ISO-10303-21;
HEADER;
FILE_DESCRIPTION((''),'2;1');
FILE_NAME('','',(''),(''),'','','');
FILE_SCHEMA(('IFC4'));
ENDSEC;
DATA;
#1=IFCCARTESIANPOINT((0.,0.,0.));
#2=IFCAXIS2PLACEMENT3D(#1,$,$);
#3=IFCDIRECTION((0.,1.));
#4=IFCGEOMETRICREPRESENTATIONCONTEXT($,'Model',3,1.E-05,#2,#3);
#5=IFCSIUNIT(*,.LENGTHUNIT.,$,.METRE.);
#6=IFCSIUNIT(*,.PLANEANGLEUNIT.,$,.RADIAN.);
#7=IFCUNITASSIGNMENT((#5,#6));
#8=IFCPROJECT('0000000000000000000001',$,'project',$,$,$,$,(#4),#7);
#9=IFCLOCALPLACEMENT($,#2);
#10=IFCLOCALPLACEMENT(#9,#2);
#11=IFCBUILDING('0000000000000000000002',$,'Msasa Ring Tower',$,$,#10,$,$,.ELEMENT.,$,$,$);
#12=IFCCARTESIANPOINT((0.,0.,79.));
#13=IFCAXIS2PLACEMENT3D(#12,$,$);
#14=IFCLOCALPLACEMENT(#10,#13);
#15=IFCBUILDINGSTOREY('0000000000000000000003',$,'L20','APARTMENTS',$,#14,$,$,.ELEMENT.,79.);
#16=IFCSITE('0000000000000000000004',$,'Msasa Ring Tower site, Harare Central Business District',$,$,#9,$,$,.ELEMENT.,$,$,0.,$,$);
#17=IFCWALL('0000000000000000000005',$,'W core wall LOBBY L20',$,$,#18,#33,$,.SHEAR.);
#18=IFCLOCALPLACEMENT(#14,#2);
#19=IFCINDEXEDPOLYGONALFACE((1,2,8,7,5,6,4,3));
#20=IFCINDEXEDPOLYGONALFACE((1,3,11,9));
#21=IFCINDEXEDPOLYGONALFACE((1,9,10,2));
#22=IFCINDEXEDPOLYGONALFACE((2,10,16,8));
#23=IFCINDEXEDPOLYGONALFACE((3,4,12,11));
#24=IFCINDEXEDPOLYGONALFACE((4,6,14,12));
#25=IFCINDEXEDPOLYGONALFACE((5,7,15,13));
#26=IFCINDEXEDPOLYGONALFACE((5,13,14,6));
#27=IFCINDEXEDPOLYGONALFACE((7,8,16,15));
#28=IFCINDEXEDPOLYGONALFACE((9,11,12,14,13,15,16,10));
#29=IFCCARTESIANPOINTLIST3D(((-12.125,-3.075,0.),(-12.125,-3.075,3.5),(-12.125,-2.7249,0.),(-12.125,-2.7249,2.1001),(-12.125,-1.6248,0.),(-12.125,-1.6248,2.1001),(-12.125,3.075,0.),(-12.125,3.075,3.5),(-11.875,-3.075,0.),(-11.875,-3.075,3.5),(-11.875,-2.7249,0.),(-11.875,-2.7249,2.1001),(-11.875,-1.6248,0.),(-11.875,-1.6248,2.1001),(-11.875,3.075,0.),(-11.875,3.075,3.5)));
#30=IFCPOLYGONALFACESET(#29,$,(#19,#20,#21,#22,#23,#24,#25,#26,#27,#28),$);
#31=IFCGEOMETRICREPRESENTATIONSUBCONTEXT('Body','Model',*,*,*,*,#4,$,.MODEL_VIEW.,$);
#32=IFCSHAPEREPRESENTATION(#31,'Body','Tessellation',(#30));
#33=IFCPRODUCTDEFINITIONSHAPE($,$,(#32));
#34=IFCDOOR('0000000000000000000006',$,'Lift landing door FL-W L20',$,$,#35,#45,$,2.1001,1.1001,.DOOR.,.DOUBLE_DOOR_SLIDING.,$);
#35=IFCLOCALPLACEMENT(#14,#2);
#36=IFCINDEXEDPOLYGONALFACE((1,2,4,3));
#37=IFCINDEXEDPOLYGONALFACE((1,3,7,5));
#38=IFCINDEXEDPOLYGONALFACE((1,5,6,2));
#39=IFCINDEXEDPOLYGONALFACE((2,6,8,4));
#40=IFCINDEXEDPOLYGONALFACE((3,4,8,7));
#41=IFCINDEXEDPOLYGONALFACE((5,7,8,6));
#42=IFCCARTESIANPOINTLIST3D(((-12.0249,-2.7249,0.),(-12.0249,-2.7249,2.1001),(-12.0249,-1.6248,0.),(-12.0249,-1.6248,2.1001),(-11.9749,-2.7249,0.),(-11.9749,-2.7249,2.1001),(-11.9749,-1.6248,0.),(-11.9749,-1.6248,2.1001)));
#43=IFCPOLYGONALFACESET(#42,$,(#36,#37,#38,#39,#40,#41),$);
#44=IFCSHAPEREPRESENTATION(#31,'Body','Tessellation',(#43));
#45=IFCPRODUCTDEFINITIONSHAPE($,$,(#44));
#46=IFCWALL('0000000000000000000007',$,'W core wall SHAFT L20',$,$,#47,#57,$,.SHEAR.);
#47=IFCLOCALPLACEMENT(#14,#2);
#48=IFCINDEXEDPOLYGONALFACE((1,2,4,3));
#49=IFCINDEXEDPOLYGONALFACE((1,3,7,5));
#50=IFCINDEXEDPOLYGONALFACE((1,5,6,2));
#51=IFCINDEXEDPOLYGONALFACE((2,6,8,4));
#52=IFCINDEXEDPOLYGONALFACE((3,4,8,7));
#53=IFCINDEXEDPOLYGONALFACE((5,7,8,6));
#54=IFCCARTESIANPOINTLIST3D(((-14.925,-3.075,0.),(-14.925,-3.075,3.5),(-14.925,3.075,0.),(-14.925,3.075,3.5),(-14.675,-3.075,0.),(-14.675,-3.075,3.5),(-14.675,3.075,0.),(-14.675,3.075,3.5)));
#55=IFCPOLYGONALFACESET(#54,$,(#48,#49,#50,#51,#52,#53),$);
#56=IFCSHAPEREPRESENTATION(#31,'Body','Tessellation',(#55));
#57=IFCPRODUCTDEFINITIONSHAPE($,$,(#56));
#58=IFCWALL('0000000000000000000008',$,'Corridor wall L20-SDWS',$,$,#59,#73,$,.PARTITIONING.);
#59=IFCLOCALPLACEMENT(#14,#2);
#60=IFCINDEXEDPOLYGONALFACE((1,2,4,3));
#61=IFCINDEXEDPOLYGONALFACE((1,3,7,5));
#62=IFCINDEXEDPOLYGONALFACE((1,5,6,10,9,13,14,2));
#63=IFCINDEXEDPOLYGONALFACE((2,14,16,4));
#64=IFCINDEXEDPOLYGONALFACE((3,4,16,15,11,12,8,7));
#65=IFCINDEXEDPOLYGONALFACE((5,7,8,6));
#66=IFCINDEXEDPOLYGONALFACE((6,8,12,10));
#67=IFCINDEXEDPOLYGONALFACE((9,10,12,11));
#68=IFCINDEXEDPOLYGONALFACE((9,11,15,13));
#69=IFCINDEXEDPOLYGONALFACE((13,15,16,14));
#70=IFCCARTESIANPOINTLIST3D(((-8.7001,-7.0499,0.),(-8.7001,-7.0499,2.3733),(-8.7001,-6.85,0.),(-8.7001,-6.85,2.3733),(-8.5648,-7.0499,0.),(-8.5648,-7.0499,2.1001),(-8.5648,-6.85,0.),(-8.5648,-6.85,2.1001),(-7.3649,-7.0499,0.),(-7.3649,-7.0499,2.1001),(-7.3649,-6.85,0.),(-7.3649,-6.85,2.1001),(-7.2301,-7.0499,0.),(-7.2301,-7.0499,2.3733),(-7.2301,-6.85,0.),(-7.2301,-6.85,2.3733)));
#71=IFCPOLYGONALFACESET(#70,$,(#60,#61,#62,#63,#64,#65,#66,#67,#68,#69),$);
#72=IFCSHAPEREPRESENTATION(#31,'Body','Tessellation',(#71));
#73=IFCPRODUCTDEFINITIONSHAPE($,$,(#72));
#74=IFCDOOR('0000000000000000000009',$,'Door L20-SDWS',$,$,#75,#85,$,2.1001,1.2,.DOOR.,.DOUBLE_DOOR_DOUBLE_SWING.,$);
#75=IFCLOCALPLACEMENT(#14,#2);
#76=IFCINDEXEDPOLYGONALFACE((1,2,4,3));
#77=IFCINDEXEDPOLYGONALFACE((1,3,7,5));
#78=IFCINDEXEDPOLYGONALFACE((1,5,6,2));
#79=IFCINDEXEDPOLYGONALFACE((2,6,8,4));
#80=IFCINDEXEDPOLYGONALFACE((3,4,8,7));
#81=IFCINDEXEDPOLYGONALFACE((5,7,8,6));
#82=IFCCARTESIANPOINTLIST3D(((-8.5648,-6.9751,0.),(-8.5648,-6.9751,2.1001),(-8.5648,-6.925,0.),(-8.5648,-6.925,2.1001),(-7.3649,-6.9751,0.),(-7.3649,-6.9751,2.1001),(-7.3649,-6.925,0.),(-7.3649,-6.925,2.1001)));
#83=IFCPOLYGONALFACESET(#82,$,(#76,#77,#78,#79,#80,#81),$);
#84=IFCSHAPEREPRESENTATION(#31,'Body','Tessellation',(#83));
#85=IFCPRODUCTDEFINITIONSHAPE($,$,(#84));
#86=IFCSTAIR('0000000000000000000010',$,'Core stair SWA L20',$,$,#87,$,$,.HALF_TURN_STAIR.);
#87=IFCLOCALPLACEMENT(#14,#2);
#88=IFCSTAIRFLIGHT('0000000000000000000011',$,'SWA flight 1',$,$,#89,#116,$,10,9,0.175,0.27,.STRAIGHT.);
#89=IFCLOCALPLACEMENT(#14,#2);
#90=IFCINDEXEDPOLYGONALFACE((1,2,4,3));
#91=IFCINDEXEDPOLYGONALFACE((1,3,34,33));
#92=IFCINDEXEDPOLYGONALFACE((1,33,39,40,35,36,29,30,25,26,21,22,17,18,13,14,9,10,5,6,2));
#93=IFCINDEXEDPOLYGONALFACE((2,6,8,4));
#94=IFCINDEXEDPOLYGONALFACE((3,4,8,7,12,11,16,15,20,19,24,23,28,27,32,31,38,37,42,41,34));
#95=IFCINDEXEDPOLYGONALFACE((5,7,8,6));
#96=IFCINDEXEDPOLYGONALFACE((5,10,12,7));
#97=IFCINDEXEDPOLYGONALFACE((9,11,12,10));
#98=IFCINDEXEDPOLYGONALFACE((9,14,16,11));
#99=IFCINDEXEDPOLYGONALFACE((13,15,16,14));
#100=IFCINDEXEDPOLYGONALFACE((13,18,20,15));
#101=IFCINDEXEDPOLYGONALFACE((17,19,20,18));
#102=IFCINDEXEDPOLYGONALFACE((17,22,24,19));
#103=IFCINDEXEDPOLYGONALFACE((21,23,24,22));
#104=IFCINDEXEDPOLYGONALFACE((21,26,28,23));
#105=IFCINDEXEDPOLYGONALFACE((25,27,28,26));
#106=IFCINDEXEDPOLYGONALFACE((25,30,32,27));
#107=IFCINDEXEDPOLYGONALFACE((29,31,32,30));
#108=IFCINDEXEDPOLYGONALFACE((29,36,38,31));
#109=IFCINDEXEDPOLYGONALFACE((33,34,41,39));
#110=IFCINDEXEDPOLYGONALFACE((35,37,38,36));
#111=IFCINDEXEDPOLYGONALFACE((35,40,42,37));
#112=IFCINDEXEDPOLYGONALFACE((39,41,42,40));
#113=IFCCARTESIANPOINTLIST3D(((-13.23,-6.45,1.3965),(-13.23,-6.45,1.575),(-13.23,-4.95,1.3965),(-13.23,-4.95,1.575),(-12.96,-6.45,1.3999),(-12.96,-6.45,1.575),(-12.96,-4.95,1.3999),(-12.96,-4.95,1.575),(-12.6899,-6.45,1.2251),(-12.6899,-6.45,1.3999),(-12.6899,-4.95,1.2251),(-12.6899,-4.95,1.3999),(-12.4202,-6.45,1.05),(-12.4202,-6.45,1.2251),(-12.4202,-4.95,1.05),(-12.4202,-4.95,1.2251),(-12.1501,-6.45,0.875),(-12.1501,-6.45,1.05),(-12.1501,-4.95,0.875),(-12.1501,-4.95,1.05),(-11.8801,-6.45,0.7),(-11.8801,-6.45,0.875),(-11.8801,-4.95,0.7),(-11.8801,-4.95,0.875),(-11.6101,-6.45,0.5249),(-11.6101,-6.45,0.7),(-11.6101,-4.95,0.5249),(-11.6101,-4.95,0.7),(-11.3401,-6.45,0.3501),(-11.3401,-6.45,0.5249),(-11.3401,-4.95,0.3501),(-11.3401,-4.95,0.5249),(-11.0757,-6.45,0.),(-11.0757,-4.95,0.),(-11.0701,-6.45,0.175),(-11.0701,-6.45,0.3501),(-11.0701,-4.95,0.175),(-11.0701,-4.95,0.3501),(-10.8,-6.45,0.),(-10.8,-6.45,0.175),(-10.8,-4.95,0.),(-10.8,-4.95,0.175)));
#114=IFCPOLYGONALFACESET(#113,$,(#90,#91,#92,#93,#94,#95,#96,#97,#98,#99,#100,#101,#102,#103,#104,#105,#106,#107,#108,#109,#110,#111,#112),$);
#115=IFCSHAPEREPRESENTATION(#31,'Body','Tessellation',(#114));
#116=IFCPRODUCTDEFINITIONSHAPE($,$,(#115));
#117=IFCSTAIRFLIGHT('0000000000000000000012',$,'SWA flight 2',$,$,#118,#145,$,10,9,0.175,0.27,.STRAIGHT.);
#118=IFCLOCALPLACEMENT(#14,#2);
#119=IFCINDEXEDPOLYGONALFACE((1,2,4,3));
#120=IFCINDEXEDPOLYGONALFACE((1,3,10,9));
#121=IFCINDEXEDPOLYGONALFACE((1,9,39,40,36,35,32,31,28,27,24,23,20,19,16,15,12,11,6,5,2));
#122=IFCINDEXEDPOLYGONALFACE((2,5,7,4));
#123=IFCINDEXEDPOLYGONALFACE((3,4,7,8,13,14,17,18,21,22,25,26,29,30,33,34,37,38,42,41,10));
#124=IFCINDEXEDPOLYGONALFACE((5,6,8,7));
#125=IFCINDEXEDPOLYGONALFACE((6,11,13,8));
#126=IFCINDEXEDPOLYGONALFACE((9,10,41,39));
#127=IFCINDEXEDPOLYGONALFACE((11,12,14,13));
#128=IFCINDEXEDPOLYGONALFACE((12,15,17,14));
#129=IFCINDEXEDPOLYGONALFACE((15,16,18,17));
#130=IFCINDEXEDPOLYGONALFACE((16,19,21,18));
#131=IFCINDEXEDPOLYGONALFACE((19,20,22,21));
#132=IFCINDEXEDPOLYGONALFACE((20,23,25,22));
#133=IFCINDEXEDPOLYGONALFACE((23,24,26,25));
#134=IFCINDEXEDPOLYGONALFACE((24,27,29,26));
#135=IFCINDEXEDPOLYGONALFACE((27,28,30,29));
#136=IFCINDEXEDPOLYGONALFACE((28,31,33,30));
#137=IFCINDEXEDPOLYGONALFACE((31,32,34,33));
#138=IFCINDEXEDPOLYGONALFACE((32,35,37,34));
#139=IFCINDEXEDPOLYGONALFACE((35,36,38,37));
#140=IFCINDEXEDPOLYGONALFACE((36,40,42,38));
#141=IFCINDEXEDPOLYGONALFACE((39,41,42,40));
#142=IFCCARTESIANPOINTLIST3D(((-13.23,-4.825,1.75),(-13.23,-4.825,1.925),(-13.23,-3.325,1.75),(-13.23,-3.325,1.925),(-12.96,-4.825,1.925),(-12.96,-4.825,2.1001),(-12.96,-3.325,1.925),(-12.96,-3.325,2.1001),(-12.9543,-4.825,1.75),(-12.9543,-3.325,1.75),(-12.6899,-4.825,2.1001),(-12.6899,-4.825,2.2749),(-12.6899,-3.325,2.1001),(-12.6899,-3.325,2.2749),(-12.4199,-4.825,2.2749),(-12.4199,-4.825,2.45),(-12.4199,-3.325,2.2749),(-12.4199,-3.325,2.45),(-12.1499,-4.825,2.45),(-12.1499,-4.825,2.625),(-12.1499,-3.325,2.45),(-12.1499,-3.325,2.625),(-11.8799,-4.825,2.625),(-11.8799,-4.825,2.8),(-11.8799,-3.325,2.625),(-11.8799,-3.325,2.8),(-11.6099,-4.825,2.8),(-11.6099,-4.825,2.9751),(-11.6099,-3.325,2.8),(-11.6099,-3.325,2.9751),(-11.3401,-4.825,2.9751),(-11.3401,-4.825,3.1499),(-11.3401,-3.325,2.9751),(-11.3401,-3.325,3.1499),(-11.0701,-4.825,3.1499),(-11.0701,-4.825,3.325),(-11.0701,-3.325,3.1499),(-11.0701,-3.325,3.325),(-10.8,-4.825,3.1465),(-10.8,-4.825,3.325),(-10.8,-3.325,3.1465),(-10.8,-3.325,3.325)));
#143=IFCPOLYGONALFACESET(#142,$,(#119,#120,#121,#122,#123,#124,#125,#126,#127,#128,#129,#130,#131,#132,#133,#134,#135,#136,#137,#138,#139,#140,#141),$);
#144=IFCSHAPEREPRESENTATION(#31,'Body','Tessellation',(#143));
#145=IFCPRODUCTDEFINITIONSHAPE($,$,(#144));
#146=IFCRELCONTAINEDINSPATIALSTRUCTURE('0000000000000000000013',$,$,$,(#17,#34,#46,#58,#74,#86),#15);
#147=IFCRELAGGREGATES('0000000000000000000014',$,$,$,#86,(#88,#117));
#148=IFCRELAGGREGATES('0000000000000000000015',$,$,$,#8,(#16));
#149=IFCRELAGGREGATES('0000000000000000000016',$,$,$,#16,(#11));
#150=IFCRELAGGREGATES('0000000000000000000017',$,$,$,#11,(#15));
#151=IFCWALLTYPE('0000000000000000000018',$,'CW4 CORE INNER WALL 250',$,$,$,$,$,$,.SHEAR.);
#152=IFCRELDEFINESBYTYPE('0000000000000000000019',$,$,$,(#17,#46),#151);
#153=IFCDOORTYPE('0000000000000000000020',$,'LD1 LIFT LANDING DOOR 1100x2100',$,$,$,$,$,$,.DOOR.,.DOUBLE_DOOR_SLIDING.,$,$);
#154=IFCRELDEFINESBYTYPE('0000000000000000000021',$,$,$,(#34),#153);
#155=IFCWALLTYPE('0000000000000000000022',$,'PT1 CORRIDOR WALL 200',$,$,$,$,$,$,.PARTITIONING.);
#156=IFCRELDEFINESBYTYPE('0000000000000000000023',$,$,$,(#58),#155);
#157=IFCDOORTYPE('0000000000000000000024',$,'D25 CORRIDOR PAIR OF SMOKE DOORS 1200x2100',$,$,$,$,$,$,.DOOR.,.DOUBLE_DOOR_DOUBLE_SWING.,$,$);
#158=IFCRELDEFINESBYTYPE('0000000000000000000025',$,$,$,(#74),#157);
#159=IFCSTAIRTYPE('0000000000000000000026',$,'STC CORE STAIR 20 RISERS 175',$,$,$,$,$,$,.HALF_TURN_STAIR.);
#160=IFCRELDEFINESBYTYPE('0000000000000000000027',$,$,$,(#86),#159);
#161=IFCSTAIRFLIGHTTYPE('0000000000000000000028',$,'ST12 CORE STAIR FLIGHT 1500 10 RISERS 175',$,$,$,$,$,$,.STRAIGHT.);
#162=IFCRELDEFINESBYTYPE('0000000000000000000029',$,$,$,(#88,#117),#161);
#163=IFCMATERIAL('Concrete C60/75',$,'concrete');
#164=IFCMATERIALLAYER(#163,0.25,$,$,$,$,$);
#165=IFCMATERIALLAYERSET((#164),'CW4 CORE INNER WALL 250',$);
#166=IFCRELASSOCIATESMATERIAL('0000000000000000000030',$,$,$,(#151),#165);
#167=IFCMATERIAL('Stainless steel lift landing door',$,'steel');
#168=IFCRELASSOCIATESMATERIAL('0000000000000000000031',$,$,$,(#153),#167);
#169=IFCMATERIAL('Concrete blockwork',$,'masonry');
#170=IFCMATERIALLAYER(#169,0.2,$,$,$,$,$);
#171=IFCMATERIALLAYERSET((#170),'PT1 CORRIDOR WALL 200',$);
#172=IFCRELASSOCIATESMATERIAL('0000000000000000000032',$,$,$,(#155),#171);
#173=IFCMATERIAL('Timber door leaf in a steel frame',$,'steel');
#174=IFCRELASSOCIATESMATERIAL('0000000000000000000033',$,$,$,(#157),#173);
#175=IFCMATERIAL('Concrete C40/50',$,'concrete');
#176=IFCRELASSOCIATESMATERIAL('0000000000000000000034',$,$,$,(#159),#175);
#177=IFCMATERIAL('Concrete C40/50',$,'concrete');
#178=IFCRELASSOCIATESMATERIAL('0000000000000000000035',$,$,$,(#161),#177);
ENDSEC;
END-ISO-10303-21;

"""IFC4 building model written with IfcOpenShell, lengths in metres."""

from ifc_helpers import new_model, si_unit, direction, frame, frame_2d, origin, place, context, subcontext, project, spatial, polyline, rectangle, outline, extrude, material, layer, layer_set, type_object, element, fill, aggregate, save


model = new_model("IFC4")

# Units and contexts
model_context = context("Model", 3, precision=1e-05, world=origin(), true_north=direction((0.0, 1.0)))
body_context = subcontext(model_context, "Body", "Model", "MODEL_VIEW")
ifc_project = project(units=[si_unit("LENGTHUNIT", "METRE"), si_unit("PLANEANGLEUNIT", "RADIAN")], contexts=[model_context])

# Site, building, storey
site_placement = place(None, origin())
site = spatial("IfcSite", under=ifc_project, at=site_placement, Name="Msasa Ring Tower site, Harare Central Business District", CompositionType="ELEMENT", RefElevation=0.0)
building_placement = place(site_placement, origin())
building = spatial("IfcBuilding", under=site, at=building_placement, Name="Msasa Ring Tower", CompositionType="ELEMENT")
storey_placement = place(building_placement, frame((0.0, 0.0, 79.0)))
storey = spatial("IfcBuildingStorey", under=building, at=storey_placement, Name="L20", Description="APARTMENTS", CompositionType="ELEMENT", Elevation=79.0)

# Wall, opening, door
ifc_material_1 = material(Name="Concrete C60/75", Category="concrete")
ifc_layer_1 = layer(ifc_material_1, 0.25)
ifc_layer_set_1 = layer_set([ifc_layer_1], Name="CW4 CORE INNER WALL 250")
wall_type_1 = type_object("IfcWallType", Name="CW4 CORE INNER WALL 250", PredefinedType="SHEAR", material=ifc_layer_set_1)
wall_1_placement = place(storey_placement, frame((-12.0, -3.075, 0.0), z_axis=(0.0, 0.0, 1.0), x_axis=(0.0, 1.0, 0.0)))
wall_1 = element("IfcWall", 1, at=wall_1_placement, inside=storey, type_object=wall_type_1, Name="W core wall LOBBY L20", PredefinedType="SHEAR", context=body_context, shape_type="SweptSolid", body=[
    extrude(rectangle(XDim=6.1499, YDim=0.25, at=frame_2d((3.075, 0.0))), origin(), (0.0, 0.0, 1.0), 3.5),
])
opening_1_placement = place(wall_1_placement, frame((0.3501, 0.0, 0.0)))
opening_1 = element("IfcOpeningElement", 2, at=opening_1_placement, cuts=wall_1, PredefinedType="OPENING", context=body_context, shape_type="SweptSolid", body=[
    extrude(rectangle(XDim=1.1001, YDim=2.1001, at=frame_2d((0.55, 1.05))), frame((0.0, 0.135, 0.0), z_axis=(0.0, -1.0, 0.0), x_axis=(1.0, 0.0, 0.0)), (0.0, 0.0, 1.0), 0.27),
])
ifc_material_2 = material(Name="Stainless steel lift landing door", Category="steel")
door_type_1 = type_object("IfcDoorType", Name="LD1 LIFT LANDING DOOR 1100x2100", OperationType="DOUBLE_DOOR_SLIDING", PredefinedType="DOOR", material=ifc_material_2)
door_1_placement = place(opening_1_placement, origin())
door_1 = element("IfcDoor", 3, at=door_1_placement, inside=storey, type_object=door_type_1, Name="Lift landing door FL-W L20", OperationType="DOUBLE_DOOR_SLIDING", OverallHeight=2.1001, OverallWidth=1.1001, PredefinedType="DOOR", context=body_context, shape_type="SweptSolid", body=[
    extrude(rectangle(XDim=1.1001, YDim=2.1001, at=frame_2d((0.55, 1.05))), frame((0.0, 0.0249, 0.0), z_axis=(0.0, -1.0, 0.0), x_axis=(1.0, 0.0, 0.0)), (0.0, 0.0, 1.0), 0.05),
])
fill(opening_1, door_1)

# Wall
wall_2_placement = place(storey_placement, frame((-14.8, -3.075, 0.0), z_axis=(0.0, 0.0, 1.0), x_axis=(0.0, 1.0, 0.0)))
element("IfcWall", 4, at=wall_2_placement, inside=storey, type_object=wall_type_1, Name="W core wall SHAFT L20", PredefinedType="SHEAR", context=body_context, shape_type="SweptSolid", body=[
    extrude(rectangle(XDim=6.1499, YDim=0.25, at=frame_2d((3.075, 0.0))), origin(), (0.0, 0.0, 1.0), 3.5),
])

# Wall, opening, door
ifc_material_3 = material(Name="Concrete blockwork", Category="masonry")
ifc_layer_2 = layer(ifc_material_3, 0.2)
ifc_layer_set_2 = layer_set([ifc_layer_2], Name="PT1 CORRIDOR WALL 200")
wall_type_2 = type_object("IfcWallType", Name="PT1 CORRIDOR WALL 200", PredefinedType="PARTITIONING", material=ifc_layer_set_2)
wall_3_placement = place(storey_placement, frame((-8.7, -6.95, 0.0), z_axis=(0.0, 0.0, 1.0), x_axis=(1.0, 0.0, 0.0)))
wall_3 = element("IfcWall", 5, at=wall_3_placement, inside=storey, type_object=wall_type_2, Name="Corridor wall L20-SDWS", PredefinedType="PARTITIONING", context=body_context, shape_type="SweptSolid", body=[
    extrude(rectangle(XDim=1.47, YDim=0.2, at=frame_2d((0.7349, 0.0))), origin(), (0.0, 0.0, 1.0), 2.3733),
])
opening_2_placement = place(wall_3_placement, frame((0.135, 0.0, 0.0)))
opening_2 = element("IfcOpeningElement", 6, at=opening_2_placement, cuts=wall_3, PredefinedType="OPENING", context=body_context, shape_type="SweptSolid", body=[
    extrude(rectangle(XDim=1.2, YDim=2.1001, at=frame_2d((0.6001, 1.05))), frame((0.0, 0.1099, 0.0), z_axis=(0.0, -1.0, 0.0), x_axis=(1.0, 0.0, 0.0)), (0.0, 0.0, 1.0), 0.22),
])
ifc_material_4 = material(Name="Timber door leaf in a steel frame", Category="steel")
door_type_2 = type_object("IfcDoorType", Name="D25 CORRIDOR PAIR OF SMOKE DOORS 1200x2100", OperationType="DOUBLE_DOOR_DOUBLE_SWING", PredefinedType="DOOR", material=ifc_material_4)
door_2_placement = place(opening_2_placement, origin())
door_2 = element("IfcDoor", 7, at=door_2_placement, inside=storey, type_object=door_type_2, Name="Door L20-SDWS", OperationType="DOUBLE_DOOR_DOUBLE_SWING", OverallHeight=2.1001, OverallWidth=1.2, PredefinedType="DOOR", context=body_context, shape_type="SweptSolid", body=[
    extrude(rectangle(XDim=1.2, YDim=2.1001, at=frame_2d((0.6001, 1.05))), frame((0.0, 0.0249, 0.0), z_axis=(0.0, -1.0, 0.0), x_axis=(1.0, 0.0, 0.0)), (0.0, 0.0, 1.0), 0.05),
])
fill(opening_2, door_2)

# Stair, stair flights
ifc_material_5 = material(Name="Concrete C40/50", Category="concrete")
stair_type = type_object("IfcStairType", Name="STC CORE STAIR 20 RISERS 175", PredefinedType="HALF_TURN_STAIR", material=ifc_material_5)
stair_placement = place(storey_placement, origin())
stair = element("IfcStair", 8, at=stair_placement, inside=storey, type_object=stair_type, Name="Core stair SWA L20", PredefinedType="HALF_TURN_STAIR")
ifc_material_6 = material(Name="Concrete C40/50", Category="concrete")
stair_flight_type = type_object("IfcStairFlightType", Name="ST12 CORE STAIR FLIGHT 1500 10 RISERS 175", PredefinedType="STRAIGHT", material=ifc_material_6)
stair_flight_1_placement = place(storey_placement, frame((-10.8, -5.7, 0.0), z_axis=(0.0, 0.0, 1.0), x_axis=(-1.0, 0.0, 0.0)))
stair_flight_1 = element("IfcStairFlight", 9, at=stair_flight_1_placement, type_object=stair_flight_type, Name="SWA flight 1", NumberOfRisers=10, NumberOfTreads=9, PredefinedType="STRAIGHT", RiserHeight=0.175, TreadLength=0.27, context=body_context, shape_type="SweptSolid", body=[
    extrude(outline(polyline([(0.0, 0.0), (0.0, 0.175), (0.27, 0.175), (0.27, 0.3501), (0.54, 0.3501), (0.54, 0.5249), (0.8101, 0.5249), (0.8101, 0.7), (1.0801, 0.7), (1.0801, 0.875), (1.3501, 0.875), (1.3501, 1.05), (1.6201, 1.05), (1.6201, 1.2251), (1.8899, 1.2251), (1.8899, 1.3999), (2.1599, 1.3999), (2.1599, 1.575), (2.4299, 1.575), (2.4299, 1.75), (2.4299, 1.3965), (0.2756, 0.0), (0.0, 0.0)])), frame((0.0, 0.75, 0.0), z_axis=(0.0, -1.0, 0.0), x_axis=(1.0, 0.0, 0.0)), (0.0, 0.0, 1.0), 1.5),
])
stair_flight_2_placement = place(storey_placement, frame((-13.23, -4.075, 1.75), z_axis=(0.0, 0.0, 1.0), x_axis=(1.0, 0.0, 0.0)))
stair_flight_2 = element("IfcStairFlight", 10, at=stair_flight_2_placement, type_object=stair_flight_type, Name="SWA flight 2", NumberOfRisers=10, NumberOfTreads=9, PredefinedType="STRAIGHT", RiserHeight=0.175, TreadLength=0.27, context=body_context, shape_type="SweptSolid", body=[
    extrude(outline(polyline([(0.0, 0.0), (0.0, 0.175), (0.27, 0.175), (0.27, 0.3501), (0.54, 0.3501), (0.54, 0.5249), (0.8101, 0.5249), (0.8101, 0.7), (1.0801, 0.7), (1.0801, 0.875), (1.3501, 0.875), (1.3501, 1.05), (1.6201, 1.05), (1.6201, 1.2251), (1.8899, 1.2251), (1.8899, 1.3999), (2.1599, 1.3999), (2.1599, 1.575), (2.4299, 1.575), (2.4299, 1.75), (2.4299, 1.3965), (0.2756, 0.0), (0.0, 0.0)])), frame((0.0, 0.75, 0.0), z_axis=(0.0, -1.0, 0.0), x_axis=(1.0, 0.0, 0.0)), (0.0, 0.0, 1.0), 1.5),
])
aggregate(stair, [stair_flight_1, stair_flight_2])

save(model, "model.ifc")
